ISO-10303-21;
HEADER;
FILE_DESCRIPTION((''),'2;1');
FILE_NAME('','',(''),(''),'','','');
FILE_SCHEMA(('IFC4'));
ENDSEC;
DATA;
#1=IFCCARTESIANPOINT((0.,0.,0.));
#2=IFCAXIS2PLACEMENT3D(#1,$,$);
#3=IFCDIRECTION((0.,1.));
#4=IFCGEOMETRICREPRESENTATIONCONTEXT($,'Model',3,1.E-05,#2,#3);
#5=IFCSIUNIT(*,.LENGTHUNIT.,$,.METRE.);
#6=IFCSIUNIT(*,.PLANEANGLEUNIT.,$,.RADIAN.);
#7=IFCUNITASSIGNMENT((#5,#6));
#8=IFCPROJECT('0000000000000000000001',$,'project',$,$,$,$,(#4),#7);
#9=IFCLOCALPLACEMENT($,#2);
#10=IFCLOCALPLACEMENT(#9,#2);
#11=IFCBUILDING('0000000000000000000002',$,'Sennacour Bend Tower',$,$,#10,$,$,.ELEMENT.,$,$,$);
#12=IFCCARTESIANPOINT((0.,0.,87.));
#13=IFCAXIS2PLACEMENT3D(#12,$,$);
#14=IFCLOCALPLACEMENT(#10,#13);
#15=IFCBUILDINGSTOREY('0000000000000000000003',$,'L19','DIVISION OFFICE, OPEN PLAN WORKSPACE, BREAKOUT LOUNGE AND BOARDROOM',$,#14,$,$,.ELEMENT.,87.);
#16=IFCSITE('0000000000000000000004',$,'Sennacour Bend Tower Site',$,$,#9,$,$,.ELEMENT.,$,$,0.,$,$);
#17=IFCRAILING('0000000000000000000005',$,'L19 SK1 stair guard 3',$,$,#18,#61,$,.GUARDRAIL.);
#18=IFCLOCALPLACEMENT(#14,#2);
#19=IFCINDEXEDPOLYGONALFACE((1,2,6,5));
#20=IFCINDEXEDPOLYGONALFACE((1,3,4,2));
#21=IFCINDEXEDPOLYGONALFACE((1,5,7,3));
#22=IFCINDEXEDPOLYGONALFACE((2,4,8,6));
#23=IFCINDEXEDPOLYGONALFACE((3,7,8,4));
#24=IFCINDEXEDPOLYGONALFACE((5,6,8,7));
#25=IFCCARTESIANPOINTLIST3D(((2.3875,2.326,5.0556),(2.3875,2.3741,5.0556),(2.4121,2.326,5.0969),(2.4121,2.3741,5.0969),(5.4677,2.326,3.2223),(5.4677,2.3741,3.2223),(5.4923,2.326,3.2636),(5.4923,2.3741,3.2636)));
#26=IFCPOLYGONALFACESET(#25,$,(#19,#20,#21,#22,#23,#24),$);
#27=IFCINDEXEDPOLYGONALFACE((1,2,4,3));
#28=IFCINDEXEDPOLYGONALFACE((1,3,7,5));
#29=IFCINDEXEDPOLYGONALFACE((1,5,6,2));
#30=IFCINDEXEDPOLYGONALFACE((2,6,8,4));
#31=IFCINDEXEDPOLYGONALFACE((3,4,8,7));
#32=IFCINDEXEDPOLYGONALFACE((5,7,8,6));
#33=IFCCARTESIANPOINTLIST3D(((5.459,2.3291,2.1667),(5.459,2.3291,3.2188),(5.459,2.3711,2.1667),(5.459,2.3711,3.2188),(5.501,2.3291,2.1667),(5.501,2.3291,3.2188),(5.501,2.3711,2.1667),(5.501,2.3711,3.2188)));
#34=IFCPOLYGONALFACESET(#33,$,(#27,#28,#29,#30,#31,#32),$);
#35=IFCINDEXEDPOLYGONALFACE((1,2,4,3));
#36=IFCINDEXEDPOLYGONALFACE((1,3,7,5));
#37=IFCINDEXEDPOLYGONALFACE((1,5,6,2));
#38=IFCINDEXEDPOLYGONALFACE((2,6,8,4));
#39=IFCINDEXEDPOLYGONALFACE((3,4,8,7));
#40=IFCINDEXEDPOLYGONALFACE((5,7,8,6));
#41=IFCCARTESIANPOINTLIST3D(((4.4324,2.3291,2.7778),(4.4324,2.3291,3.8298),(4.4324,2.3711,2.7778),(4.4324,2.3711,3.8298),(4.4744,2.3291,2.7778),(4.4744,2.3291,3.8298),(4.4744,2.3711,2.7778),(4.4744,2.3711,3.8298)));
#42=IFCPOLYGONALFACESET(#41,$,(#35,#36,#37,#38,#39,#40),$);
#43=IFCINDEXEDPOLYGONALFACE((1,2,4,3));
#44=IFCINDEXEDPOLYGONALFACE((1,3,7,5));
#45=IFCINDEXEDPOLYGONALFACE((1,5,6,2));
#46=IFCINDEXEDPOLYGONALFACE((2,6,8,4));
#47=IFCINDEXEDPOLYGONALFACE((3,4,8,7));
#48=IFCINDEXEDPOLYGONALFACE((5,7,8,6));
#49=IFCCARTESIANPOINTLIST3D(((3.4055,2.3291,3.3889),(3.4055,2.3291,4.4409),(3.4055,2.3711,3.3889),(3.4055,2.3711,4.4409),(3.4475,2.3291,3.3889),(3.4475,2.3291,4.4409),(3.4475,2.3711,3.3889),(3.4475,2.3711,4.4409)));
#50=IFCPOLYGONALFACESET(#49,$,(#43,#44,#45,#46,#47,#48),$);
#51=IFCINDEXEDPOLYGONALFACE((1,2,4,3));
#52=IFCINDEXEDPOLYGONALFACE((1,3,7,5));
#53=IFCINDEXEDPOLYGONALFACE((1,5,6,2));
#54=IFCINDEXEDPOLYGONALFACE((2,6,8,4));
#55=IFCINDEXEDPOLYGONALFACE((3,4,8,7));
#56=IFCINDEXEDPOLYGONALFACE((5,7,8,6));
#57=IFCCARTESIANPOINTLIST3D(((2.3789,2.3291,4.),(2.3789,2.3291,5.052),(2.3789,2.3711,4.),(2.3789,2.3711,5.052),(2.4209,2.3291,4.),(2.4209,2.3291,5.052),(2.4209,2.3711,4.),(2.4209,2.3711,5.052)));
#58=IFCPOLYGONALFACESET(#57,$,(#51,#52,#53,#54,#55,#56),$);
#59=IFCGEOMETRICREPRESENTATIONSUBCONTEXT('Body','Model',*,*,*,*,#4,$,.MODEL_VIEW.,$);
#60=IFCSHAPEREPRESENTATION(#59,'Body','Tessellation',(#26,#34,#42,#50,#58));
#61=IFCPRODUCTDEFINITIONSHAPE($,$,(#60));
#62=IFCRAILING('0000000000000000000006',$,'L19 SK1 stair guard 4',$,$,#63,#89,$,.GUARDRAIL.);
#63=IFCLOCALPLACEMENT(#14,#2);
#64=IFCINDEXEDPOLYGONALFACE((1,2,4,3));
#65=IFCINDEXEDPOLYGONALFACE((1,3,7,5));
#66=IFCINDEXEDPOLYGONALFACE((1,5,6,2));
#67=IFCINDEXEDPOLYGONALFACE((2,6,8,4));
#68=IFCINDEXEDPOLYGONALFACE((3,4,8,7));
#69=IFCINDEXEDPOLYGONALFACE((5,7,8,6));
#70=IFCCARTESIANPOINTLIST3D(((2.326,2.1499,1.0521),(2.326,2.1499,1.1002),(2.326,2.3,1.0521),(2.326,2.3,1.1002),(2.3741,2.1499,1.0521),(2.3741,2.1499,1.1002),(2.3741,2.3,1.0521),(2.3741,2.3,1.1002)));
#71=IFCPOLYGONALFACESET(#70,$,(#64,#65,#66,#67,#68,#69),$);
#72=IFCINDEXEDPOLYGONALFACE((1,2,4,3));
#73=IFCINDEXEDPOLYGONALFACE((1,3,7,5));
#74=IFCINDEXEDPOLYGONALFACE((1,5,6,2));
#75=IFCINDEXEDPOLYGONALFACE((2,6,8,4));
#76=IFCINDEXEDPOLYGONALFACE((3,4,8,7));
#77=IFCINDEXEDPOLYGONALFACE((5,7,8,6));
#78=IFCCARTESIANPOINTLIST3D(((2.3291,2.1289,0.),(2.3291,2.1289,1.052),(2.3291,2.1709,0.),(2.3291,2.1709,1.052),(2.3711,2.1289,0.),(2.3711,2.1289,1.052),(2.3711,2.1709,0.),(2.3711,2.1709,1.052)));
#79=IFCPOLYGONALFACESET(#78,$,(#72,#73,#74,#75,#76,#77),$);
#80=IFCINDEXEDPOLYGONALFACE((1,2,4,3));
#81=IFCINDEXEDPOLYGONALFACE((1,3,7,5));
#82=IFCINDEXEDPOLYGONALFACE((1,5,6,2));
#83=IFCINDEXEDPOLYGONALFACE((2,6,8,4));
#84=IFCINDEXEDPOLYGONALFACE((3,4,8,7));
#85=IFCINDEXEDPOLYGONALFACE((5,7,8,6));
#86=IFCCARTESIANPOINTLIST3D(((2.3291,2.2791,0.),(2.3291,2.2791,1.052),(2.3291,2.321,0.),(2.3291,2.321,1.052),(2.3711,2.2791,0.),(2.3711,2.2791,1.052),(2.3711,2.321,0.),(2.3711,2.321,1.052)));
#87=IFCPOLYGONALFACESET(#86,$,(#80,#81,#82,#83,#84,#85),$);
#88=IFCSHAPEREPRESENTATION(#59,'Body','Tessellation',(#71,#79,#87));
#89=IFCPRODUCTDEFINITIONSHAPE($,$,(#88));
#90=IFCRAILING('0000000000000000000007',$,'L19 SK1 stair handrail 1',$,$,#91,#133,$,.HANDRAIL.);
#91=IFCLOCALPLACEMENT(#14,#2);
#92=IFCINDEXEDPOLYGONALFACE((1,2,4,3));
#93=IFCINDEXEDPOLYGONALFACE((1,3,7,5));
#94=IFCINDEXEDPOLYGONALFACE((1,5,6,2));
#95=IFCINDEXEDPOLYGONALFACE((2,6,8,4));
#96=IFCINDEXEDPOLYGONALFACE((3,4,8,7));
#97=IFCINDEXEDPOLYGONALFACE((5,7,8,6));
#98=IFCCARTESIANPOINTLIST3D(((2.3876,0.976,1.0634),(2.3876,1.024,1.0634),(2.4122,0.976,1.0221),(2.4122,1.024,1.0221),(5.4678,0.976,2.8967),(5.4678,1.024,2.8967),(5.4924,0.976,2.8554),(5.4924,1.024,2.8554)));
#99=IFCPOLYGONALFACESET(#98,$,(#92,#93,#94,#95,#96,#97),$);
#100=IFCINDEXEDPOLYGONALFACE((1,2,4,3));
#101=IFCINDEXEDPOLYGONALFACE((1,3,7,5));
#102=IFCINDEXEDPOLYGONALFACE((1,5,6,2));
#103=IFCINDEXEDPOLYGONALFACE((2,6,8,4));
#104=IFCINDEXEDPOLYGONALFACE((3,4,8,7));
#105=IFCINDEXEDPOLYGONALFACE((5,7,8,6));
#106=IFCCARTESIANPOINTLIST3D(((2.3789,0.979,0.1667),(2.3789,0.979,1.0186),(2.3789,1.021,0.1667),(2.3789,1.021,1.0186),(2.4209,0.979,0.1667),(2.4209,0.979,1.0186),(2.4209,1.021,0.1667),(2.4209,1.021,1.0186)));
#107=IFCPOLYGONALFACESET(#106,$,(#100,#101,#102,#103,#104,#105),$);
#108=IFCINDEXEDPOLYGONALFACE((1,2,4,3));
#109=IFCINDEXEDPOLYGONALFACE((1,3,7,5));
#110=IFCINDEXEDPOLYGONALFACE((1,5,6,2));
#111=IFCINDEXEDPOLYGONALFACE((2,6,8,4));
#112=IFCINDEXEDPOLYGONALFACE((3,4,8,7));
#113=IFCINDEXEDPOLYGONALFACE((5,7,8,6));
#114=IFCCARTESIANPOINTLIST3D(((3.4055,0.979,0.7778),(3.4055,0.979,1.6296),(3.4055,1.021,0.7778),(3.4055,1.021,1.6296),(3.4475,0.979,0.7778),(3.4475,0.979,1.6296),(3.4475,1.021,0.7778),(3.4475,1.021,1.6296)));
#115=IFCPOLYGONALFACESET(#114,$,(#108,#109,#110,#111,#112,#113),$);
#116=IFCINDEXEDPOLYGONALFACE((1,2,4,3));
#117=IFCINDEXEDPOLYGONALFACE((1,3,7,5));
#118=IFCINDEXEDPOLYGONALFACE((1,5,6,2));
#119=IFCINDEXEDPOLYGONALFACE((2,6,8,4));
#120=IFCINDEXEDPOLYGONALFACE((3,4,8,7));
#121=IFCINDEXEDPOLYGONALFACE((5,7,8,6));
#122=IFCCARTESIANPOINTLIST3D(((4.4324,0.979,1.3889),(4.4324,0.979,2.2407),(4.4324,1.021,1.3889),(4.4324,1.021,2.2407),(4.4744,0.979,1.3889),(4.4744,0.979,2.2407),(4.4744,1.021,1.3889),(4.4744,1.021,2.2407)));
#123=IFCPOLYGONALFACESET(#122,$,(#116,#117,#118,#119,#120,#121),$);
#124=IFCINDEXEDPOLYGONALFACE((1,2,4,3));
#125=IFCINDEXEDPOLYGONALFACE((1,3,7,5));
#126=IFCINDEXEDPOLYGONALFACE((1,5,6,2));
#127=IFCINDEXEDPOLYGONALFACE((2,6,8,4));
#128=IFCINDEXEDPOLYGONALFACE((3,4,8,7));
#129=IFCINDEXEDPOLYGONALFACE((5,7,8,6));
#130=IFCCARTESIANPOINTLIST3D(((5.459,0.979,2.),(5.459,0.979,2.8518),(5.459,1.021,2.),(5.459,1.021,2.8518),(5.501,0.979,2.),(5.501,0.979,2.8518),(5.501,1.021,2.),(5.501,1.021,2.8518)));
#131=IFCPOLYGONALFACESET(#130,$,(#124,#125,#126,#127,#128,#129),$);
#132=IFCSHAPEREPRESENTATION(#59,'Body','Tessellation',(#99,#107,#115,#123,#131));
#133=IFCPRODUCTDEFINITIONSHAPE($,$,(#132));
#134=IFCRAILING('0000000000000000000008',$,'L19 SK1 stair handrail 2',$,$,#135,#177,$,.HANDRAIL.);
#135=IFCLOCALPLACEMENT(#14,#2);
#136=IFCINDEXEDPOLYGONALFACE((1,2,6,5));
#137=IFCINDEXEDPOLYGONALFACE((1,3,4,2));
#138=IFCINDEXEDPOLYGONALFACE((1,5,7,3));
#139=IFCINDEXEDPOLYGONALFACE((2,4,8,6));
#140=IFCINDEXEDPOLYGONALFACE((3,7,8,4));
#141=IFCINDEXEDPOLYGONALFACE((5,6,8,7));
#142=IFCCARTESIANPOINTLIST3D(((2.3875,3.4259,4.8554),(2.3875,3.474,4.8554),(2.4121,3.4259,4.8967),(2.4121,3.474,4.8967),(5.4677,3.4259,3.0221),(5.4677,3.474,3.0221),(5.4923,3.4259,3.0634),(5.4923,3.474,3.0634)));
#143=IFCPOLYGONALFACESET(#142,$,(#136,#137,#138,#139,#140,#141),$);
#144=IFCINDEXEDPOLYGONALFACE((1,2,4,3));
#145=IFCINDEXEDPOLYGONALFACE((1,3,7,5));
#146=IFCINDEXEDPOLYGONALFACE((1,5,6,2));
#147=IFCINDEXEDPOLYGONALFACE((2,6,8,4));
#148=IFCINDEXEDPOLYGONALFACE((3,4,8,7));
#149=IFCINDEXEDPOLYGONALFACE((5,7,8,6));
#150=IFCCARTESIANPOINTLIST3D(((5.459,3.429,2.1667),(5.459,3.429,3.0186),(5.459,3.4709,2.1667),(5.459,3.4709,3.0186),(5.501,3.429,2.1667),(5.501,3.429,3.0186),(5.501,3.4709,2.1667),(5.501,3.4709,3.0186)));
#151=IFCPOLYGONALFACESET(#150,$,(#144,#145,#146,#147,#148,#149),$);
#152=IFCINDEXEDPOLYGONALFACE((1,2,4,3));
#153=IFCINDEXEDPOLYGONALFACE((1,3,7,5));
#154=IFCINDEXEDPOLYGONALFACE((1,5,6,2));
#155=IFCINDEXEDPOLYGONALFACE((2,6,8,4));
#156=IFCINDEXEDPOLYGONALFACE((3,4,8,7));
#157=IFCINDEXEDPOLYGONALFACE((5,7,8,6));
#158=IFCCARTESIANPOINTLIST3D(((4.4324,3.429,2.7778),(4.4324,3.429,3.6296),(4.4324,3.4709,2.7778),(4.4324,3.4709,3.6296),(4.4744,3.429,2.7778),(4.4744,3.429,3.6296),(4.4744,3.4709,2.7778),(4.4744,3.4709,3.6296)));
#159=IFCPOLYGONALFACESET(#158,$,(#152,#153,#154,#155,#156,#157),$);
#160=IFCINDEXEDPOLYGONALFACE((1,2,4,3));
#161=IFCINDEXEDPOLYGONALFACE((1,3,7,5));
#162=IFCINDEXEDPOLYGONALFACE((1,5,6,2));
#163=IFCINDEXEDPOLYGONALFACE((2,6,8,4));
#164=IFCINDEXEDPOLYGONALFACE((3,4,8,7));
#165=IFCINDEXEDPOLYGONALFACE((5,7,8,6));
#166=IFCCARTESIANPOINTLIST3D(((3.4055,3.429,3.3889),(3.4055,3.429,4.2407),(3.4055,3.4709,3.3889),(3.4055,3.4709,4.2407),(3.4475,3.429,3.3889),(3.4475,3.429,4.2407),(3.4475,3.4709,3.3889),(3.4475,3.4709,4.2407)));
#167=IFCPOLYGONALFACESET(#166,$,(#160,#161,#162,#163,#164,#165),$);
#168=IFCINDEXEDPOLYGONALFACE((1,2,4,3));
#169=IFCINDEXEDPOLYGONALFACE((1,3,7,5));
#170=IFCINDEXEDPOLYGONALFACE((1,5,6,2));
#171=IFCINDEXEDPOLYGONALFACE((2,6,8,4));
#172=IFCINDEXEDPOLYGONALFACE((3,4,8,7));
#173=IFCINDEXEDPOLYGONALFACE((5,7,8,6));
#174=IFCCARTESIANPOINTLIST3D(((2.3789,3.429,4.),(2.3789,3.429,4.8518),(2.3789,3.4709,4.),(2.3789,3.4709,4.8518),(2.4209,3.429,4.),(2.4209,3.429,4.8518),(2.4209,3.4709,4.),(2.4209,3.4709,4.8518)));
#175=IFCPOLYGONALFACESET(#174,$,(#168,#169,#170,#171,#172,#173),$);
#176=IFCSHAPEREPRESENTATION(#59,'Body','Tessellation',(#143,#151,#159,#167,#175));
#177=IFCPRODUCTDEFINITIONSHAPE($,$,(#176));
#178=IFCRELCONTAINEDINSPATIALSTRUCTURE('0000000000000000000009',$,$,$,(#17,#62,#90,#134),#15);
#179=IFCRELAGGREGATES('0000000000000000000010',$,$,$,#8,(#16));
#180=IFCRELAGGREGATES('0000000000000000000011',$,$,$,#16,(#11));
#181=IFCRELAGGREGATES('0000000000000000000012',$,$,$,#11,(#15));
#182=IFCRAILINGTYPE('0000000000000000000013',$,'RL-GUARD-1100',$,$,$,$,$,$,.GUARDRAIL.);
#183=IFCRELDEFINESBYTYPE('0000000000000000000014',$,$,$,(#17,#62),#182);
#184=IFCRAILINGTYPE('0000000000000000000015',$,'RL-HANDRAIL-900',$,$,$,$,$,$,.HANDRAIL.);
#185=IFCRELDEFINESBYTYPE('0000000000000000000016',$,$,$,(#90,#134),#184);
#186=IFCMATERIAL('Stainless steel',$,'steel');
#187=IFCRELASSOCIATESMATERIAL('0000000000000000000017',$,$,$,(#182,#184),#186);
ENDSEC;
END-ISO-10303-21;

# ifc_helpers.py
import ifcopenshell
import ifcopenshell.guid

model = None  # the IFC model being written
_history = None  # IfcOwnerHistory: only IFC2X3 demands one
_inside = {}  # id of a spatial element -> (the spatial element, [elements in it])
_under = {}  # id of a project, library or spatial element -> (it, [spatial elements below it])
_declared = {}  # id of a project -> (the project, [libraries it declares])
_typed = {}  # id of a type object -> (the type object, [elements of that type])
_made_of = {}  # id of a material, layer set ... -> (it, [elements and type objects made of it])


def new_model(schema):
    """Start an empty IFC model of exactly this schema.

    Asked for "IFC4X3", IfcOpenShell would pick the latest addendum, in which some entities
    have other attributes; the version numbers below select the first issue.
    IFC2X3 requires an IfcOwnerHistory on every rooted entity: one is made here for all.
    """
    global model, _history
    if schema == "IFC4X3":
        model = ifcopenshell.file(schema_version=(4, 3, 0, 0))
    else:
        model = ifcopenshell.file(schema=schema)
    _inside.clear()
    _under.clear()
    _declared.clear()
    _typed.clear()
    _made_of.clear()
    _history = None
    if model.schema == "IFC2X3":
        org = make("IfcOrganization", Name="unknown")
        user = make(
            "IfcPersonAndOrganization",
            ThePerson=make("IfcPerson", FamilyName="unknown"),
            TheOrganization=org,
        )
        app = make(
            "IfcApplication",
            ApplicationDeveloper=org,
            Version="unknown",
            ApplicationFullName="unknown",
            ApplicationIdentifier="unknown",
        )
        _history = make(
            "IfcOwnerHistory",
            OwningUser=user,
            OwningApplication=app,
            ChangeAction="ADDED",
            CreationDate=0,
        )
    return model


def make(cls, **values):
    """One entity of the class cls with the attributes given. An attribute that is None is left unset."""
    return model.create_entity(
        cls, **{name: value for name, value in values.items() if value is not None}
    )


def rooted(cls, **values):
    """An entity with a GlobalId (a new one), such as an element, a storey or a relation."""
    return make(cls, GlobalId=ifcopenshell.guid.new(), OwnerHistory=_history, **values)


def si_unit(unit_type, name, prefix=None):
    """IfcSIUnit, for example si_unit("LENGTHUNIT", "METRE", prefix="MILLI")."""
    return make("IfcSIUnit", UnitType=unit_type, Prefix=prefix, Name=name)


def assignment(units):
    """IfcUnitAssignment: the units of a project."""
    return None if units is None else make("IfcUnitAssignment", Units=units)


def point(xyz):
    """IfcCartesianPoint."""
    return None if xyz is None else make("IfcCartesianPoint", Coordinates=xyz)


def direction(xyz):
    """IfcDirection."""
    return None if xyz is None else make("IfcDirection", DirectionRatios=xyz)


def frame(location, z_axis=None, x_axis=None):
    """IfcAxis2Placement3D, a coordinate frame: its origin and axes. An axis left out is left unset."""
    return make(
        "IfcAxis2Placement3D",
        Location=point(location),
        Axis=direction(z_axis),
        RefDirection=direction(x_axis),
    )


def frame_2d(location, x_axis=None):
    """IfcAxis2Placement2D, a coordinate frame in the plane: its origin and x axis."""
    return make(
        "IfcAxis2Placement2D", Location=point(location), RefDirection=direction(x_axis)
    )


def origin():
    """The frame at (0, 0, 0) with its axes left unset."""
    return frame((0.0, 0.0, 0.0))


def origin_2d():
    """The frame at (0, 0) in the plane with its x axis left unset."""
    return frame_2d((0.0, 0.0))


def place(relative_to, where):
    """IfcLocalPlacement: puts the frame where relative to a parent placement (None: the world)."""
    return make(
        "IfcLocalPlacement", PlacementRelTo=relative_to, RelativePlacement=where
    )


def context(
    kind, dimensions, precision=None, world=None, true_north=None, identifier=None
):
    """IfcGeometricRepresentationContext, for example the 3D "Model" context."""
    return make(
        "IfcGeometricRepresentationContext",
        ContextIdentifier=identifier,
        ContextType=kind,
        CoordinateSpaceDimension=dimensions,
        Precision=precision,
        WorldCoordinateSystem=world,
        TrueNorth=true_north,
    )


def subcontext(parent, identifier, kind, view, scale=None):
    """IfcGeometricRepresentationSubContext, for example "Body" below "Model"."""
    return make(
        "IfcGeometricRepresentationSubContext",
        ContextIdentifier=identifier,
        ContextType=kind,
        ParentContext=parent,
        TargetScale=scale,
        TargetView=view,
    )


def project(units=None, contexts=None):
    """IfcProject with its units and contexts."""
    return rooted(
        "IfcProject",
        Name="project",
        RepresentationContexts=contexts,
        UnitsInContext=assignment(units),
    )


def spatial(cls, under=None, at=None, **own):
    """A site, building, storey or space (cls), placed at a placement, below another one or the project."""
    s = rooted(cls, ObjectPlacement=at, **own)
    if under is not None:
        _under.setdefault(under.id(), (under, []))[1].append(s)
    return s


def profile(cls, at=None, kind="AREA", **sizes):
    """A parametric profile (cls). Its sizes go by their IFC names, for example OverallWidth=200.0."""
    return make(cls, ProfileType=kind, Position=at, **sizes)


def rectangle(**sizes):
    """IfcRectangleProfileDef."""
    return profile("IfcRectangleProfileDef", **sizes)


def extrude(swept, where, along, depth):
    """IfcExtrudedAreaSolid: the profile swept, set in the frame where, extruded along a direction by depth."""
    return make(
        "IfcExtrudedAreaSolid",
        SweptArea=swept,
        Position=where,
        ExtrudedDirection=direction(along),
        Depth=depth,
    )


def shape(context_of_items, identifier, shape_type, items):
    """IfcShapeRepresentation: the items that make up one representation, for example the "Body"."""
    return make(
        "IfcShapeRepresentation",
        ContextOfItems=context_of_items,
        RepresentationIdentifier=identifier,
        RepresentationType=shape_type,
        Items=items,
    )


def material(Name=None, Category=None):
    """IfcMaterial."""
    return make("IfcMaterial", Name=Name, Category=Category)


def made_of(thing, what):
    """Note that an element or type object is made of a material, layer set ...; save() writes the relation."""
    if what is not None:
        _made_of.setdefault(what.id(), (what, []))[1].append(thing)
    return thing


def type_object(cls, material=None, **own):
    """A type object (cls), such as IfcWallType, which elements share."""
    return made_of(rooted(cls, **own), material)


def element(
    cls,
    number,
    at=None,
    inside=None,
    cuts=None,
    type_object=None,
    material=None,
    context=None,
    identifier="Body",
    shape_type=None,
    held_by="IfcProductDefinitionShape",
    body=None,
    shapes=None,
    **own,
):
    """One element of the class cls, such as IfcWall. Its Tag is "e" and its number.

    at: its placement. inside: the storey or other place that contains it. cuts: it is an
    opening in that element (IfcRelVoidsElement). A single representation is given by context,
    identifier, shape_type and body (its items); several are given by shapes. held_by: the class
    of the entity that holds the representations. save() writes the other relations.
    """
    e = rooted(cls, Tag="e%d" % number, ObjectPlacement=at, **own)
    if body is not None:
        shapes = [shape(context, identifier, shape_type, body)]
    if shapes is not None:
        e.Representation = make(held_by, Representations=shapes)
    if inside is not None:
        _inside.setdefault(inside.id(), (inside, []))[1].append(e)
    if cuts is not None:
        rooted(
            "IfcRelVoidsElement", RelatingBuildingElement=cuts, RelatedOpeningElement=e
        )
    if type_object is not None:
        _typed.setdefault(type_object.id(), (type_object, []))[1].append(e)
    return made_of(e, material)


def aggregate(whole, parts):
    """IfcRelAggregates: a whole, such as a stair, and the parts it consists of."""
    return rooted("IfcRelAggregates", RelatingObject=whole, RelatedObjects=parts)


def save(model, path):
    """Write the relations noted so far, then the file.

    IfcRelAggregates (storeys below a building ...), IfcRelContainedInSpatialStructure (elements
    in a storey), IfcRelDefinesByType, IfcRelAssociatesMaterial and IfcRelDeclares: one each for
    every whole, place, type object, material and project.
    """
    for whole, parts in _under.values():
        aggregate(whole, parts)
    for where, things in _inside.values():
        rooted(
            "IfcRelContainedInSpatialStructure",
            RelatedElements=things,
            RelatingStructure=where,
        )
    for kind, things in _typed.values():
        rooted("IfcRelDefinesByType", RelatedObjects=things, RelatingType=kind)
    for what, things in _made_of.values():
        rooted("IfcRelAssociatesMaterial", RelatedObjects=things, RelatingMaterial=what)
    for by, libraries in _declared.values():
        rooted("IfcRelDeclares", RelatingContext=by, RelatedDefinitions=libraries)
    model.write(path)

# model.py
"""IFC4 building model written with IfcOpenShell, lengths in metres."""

from ifc_helpers import new_model, si_unit, direction, frame, origin, origin_2d, place, context, subcontext, project, spatial, rectangle, extrude, material, type_object, element, save


model = new_model("IFC4")

# Units and contexts
model_context = context("Model", 3, precision=1e-05, world=origin(), true_north=direction((0.0, 1.0)))
body_context = subcontext(model_context, "Body", "Model", "MODEL_VIEW")
ifc_project = project(units=[si_unit("LENGTHUNIT", "METRE"), si_unit("PLANEANGLEUNIT", "RADIAN")], contexts=[model_context])

# Site, building, storey
site_placement = place(None, origin())
site = spatial("IfcSite", under=ifc_project, at=site_placement, Name="Sennacour Bend Tower Site", CompositionType="ELEMENT", RefElevation=0.0)
building_placement = place(site_placement, origin())
building = spatial("IfcBuilding", under=site, at=building_placement, Name="Sennacour Bend Tower", CompositionType="ELEMENT")
storey_placement = place(building_placement, frame((0.0, 0.0, 87.0)))
storey = spatial("IfcBuildingStorey", under=building, at=storey_placement, Name="L19", Description="DIVISION OFFICE, OPEN PLAN WORKSPACE, BREAKOUT LOUNGE AND BOARDROOM", CompositionType="ELEMENT", Elevation=87.0)

# Railings
ifc_material_1 = material(Name="Stainless steel", Category="steel")
railing_type_1 = type_object("IfcRailingType", Name="RL-GUARD-1100", PredefinedType="GUARDRAIL", material=ifc_material_1)
railing_1_placement = place(storey_placement, frame((5.48, 2.3501, 2.1667)))
element("IfcRailing", 1, at=railing_1_placement, inside=storey, type_object=railing_type_1, Name="L19 SK1 stair guard 3", PredefinedType="GUARDRAIL", context=body_context, shape_type="SweptSolid", body=[
    extrude(rectangle(XDim=0.0481, YDim=0.0481, at=origin_2d()), frame((0.0, 0.0, 1.0762), z_axis=(-0.859309, 0.0, 0.511458), x_axis=(0.0, -1.0, 0.0)), (0.0, 0.0, 1.0), 3.5845),
    extrude(rectangle(XDim=0.042, YDim=0.042, at=origin_2d()), origin(), (0.0, 0.0, 1.0), 1.052),
    extrude(rectangle(XDim=0.042, YDim=0.042, at=origin_2d()), frame((-1.0266, 0.0, 0.6111)), (0.0, 0.0, 1.0), 1.052),
    extrude(rectangle(XDim=0.042, YDim=0.042, at=origin_2d()), frame((-2.0535, 0.0, 1.2222)), (0.0, 0.0, 1.0), 1.052),
    extrude(rectangle(XDim=0.042, YDim=0.042, at=origin_2d()), frame((-3.0801, 0.0, 1.8333)), (0.0, 0.0, 1.0), 1.052),
])
railing_2_placement = place(storey_placement, frame((2.3501, 2.1499, 0.0)))
element("IfcRailing", 2, at=railing_2_placement, inside=storey, type_object=railing_type_1, Name="L19 SK1 stair guard 4", PredefinedType="GUARDRAIL", context=body_context, shape_type="SweptSolid", body=[
    extrude(rectangle(XDim=0.0481, YDim=0.0481, at=origin_2d()), frame((0.0, 0.0, 1.0762), z_axis=(0.0, 1.0, 0.0), x_axis=(-1.0, 0.0, 0.0)), (0.0, 0.0, 1.0), 0.1501),
    extrude(rectangle(XDim=0.042, YDim=0.042, at=origin_2d()), origin(), (0.0, 0.0, 1.0), 1.052),
    extrude(rectangle(XDim=0.042, YDim=0.042, at=origin_2d()), frame((0.0, 0.1501, 0.0)), (0.0, 0.0, 1.0), 1.052),
])
railing_type_2 = type_object("IfcRailingType", Name="RL-HANDRAIL-900", PredefinedType="HANDRAIL", material=ifc_material_1)
railing_3_placement = place(storey_placement, frame((2.3999, 1.0, 0.1667)))
element("IfcRailing", 3, at=railing_3_placement, inside=storey, type_object=railing_type_2, Name="L19 SK1 stair handrail 1", PredefinedType="HANDRAIL", context=body_context, shape_type="SweptSolid", body=[
    extrude(rectangle(XDim=0.0481, YDim=0.0481, at=origin_2d()), frame((0.0, 0.0, 0.876), z_axis=(0.859309, 0.0, 0.511458), x_axis=(0.0, 1.0, 0.0)), (0.0, 0.0, 1.0), 3.5845),
    extrude(rectangle(XDim=0.042, YDim=0.042, at=origin_2d()), origin(), (0.0, 0.0, 1.0), 0.8518),
    extrude(rectangle(XDim=0.042, YDim=0.042, at=origin_2d()), frame((1.0266, 0.0, 0.6111)), (0.0, 0.0, 1.0), 0.8518),
    extrude(rectangle(XDim=0.042, YDim=0.042, at=origin_2d()), frame((2.0535, 0.0, 1.2222)), (0.0, 0.0, 1.0), 0.8518),
    extrude(rectangle(XDim=0.042, YDim=0.042, at=origin_2d()), frame((3.0801, 0.0, 1.8333)), (0.0, 0.0, 1.0), 0.8518),
])
railing_4_placement = place(storey_placement, frame((5.48, 3.45, 2.1667)))
element("IfcRailing", 4, at=railing_4_placement, inside=storey, type_object=railing_type_2, Name="L19 SK1 stair handrail 2", PredefinedType="HANDRAIL", context=body_context, shape_type="SweptSolid", body=[
    extrude(rectangle(XDim=0.0481, YDim=0.0481, at=origin_2d()), frame((0.0, 0.0, 0.876), z_axis=(-0.859309, 0.0, 0.511458), x_axis=(0.0, -1.0, 0.0)), (0.0, 0.0, 1.0), 3.5845),
    extrude(rectangle(XDim=0.042, YDim=0.042, at=origin_2d()), origin(), (0.0, 0.0, 1.0), 0.8518),
    extrude(rectangle(XDim=0.042, YDim=0.042, at=origin_2d()), frame((-1.0266, 0.0, 0.6111)), (0.0, 0.0, 1.0), 0.8518),
    extrude(rectangle(XDim=0.042, YDim=0.042, at=origin_2d()), frame((-2.0535, 0.0, 1.2222)), (0.0, 0.0, 1.0), 0.8518),
    extrude(rectangle(XDim=0.042, YDim=0.042, at=origin_2d()), frame((-3.0801, 0.0, 1.8333)), (0.0, 0.0, 1.0), 0.8518),
])

save(model, "model.ifc")
